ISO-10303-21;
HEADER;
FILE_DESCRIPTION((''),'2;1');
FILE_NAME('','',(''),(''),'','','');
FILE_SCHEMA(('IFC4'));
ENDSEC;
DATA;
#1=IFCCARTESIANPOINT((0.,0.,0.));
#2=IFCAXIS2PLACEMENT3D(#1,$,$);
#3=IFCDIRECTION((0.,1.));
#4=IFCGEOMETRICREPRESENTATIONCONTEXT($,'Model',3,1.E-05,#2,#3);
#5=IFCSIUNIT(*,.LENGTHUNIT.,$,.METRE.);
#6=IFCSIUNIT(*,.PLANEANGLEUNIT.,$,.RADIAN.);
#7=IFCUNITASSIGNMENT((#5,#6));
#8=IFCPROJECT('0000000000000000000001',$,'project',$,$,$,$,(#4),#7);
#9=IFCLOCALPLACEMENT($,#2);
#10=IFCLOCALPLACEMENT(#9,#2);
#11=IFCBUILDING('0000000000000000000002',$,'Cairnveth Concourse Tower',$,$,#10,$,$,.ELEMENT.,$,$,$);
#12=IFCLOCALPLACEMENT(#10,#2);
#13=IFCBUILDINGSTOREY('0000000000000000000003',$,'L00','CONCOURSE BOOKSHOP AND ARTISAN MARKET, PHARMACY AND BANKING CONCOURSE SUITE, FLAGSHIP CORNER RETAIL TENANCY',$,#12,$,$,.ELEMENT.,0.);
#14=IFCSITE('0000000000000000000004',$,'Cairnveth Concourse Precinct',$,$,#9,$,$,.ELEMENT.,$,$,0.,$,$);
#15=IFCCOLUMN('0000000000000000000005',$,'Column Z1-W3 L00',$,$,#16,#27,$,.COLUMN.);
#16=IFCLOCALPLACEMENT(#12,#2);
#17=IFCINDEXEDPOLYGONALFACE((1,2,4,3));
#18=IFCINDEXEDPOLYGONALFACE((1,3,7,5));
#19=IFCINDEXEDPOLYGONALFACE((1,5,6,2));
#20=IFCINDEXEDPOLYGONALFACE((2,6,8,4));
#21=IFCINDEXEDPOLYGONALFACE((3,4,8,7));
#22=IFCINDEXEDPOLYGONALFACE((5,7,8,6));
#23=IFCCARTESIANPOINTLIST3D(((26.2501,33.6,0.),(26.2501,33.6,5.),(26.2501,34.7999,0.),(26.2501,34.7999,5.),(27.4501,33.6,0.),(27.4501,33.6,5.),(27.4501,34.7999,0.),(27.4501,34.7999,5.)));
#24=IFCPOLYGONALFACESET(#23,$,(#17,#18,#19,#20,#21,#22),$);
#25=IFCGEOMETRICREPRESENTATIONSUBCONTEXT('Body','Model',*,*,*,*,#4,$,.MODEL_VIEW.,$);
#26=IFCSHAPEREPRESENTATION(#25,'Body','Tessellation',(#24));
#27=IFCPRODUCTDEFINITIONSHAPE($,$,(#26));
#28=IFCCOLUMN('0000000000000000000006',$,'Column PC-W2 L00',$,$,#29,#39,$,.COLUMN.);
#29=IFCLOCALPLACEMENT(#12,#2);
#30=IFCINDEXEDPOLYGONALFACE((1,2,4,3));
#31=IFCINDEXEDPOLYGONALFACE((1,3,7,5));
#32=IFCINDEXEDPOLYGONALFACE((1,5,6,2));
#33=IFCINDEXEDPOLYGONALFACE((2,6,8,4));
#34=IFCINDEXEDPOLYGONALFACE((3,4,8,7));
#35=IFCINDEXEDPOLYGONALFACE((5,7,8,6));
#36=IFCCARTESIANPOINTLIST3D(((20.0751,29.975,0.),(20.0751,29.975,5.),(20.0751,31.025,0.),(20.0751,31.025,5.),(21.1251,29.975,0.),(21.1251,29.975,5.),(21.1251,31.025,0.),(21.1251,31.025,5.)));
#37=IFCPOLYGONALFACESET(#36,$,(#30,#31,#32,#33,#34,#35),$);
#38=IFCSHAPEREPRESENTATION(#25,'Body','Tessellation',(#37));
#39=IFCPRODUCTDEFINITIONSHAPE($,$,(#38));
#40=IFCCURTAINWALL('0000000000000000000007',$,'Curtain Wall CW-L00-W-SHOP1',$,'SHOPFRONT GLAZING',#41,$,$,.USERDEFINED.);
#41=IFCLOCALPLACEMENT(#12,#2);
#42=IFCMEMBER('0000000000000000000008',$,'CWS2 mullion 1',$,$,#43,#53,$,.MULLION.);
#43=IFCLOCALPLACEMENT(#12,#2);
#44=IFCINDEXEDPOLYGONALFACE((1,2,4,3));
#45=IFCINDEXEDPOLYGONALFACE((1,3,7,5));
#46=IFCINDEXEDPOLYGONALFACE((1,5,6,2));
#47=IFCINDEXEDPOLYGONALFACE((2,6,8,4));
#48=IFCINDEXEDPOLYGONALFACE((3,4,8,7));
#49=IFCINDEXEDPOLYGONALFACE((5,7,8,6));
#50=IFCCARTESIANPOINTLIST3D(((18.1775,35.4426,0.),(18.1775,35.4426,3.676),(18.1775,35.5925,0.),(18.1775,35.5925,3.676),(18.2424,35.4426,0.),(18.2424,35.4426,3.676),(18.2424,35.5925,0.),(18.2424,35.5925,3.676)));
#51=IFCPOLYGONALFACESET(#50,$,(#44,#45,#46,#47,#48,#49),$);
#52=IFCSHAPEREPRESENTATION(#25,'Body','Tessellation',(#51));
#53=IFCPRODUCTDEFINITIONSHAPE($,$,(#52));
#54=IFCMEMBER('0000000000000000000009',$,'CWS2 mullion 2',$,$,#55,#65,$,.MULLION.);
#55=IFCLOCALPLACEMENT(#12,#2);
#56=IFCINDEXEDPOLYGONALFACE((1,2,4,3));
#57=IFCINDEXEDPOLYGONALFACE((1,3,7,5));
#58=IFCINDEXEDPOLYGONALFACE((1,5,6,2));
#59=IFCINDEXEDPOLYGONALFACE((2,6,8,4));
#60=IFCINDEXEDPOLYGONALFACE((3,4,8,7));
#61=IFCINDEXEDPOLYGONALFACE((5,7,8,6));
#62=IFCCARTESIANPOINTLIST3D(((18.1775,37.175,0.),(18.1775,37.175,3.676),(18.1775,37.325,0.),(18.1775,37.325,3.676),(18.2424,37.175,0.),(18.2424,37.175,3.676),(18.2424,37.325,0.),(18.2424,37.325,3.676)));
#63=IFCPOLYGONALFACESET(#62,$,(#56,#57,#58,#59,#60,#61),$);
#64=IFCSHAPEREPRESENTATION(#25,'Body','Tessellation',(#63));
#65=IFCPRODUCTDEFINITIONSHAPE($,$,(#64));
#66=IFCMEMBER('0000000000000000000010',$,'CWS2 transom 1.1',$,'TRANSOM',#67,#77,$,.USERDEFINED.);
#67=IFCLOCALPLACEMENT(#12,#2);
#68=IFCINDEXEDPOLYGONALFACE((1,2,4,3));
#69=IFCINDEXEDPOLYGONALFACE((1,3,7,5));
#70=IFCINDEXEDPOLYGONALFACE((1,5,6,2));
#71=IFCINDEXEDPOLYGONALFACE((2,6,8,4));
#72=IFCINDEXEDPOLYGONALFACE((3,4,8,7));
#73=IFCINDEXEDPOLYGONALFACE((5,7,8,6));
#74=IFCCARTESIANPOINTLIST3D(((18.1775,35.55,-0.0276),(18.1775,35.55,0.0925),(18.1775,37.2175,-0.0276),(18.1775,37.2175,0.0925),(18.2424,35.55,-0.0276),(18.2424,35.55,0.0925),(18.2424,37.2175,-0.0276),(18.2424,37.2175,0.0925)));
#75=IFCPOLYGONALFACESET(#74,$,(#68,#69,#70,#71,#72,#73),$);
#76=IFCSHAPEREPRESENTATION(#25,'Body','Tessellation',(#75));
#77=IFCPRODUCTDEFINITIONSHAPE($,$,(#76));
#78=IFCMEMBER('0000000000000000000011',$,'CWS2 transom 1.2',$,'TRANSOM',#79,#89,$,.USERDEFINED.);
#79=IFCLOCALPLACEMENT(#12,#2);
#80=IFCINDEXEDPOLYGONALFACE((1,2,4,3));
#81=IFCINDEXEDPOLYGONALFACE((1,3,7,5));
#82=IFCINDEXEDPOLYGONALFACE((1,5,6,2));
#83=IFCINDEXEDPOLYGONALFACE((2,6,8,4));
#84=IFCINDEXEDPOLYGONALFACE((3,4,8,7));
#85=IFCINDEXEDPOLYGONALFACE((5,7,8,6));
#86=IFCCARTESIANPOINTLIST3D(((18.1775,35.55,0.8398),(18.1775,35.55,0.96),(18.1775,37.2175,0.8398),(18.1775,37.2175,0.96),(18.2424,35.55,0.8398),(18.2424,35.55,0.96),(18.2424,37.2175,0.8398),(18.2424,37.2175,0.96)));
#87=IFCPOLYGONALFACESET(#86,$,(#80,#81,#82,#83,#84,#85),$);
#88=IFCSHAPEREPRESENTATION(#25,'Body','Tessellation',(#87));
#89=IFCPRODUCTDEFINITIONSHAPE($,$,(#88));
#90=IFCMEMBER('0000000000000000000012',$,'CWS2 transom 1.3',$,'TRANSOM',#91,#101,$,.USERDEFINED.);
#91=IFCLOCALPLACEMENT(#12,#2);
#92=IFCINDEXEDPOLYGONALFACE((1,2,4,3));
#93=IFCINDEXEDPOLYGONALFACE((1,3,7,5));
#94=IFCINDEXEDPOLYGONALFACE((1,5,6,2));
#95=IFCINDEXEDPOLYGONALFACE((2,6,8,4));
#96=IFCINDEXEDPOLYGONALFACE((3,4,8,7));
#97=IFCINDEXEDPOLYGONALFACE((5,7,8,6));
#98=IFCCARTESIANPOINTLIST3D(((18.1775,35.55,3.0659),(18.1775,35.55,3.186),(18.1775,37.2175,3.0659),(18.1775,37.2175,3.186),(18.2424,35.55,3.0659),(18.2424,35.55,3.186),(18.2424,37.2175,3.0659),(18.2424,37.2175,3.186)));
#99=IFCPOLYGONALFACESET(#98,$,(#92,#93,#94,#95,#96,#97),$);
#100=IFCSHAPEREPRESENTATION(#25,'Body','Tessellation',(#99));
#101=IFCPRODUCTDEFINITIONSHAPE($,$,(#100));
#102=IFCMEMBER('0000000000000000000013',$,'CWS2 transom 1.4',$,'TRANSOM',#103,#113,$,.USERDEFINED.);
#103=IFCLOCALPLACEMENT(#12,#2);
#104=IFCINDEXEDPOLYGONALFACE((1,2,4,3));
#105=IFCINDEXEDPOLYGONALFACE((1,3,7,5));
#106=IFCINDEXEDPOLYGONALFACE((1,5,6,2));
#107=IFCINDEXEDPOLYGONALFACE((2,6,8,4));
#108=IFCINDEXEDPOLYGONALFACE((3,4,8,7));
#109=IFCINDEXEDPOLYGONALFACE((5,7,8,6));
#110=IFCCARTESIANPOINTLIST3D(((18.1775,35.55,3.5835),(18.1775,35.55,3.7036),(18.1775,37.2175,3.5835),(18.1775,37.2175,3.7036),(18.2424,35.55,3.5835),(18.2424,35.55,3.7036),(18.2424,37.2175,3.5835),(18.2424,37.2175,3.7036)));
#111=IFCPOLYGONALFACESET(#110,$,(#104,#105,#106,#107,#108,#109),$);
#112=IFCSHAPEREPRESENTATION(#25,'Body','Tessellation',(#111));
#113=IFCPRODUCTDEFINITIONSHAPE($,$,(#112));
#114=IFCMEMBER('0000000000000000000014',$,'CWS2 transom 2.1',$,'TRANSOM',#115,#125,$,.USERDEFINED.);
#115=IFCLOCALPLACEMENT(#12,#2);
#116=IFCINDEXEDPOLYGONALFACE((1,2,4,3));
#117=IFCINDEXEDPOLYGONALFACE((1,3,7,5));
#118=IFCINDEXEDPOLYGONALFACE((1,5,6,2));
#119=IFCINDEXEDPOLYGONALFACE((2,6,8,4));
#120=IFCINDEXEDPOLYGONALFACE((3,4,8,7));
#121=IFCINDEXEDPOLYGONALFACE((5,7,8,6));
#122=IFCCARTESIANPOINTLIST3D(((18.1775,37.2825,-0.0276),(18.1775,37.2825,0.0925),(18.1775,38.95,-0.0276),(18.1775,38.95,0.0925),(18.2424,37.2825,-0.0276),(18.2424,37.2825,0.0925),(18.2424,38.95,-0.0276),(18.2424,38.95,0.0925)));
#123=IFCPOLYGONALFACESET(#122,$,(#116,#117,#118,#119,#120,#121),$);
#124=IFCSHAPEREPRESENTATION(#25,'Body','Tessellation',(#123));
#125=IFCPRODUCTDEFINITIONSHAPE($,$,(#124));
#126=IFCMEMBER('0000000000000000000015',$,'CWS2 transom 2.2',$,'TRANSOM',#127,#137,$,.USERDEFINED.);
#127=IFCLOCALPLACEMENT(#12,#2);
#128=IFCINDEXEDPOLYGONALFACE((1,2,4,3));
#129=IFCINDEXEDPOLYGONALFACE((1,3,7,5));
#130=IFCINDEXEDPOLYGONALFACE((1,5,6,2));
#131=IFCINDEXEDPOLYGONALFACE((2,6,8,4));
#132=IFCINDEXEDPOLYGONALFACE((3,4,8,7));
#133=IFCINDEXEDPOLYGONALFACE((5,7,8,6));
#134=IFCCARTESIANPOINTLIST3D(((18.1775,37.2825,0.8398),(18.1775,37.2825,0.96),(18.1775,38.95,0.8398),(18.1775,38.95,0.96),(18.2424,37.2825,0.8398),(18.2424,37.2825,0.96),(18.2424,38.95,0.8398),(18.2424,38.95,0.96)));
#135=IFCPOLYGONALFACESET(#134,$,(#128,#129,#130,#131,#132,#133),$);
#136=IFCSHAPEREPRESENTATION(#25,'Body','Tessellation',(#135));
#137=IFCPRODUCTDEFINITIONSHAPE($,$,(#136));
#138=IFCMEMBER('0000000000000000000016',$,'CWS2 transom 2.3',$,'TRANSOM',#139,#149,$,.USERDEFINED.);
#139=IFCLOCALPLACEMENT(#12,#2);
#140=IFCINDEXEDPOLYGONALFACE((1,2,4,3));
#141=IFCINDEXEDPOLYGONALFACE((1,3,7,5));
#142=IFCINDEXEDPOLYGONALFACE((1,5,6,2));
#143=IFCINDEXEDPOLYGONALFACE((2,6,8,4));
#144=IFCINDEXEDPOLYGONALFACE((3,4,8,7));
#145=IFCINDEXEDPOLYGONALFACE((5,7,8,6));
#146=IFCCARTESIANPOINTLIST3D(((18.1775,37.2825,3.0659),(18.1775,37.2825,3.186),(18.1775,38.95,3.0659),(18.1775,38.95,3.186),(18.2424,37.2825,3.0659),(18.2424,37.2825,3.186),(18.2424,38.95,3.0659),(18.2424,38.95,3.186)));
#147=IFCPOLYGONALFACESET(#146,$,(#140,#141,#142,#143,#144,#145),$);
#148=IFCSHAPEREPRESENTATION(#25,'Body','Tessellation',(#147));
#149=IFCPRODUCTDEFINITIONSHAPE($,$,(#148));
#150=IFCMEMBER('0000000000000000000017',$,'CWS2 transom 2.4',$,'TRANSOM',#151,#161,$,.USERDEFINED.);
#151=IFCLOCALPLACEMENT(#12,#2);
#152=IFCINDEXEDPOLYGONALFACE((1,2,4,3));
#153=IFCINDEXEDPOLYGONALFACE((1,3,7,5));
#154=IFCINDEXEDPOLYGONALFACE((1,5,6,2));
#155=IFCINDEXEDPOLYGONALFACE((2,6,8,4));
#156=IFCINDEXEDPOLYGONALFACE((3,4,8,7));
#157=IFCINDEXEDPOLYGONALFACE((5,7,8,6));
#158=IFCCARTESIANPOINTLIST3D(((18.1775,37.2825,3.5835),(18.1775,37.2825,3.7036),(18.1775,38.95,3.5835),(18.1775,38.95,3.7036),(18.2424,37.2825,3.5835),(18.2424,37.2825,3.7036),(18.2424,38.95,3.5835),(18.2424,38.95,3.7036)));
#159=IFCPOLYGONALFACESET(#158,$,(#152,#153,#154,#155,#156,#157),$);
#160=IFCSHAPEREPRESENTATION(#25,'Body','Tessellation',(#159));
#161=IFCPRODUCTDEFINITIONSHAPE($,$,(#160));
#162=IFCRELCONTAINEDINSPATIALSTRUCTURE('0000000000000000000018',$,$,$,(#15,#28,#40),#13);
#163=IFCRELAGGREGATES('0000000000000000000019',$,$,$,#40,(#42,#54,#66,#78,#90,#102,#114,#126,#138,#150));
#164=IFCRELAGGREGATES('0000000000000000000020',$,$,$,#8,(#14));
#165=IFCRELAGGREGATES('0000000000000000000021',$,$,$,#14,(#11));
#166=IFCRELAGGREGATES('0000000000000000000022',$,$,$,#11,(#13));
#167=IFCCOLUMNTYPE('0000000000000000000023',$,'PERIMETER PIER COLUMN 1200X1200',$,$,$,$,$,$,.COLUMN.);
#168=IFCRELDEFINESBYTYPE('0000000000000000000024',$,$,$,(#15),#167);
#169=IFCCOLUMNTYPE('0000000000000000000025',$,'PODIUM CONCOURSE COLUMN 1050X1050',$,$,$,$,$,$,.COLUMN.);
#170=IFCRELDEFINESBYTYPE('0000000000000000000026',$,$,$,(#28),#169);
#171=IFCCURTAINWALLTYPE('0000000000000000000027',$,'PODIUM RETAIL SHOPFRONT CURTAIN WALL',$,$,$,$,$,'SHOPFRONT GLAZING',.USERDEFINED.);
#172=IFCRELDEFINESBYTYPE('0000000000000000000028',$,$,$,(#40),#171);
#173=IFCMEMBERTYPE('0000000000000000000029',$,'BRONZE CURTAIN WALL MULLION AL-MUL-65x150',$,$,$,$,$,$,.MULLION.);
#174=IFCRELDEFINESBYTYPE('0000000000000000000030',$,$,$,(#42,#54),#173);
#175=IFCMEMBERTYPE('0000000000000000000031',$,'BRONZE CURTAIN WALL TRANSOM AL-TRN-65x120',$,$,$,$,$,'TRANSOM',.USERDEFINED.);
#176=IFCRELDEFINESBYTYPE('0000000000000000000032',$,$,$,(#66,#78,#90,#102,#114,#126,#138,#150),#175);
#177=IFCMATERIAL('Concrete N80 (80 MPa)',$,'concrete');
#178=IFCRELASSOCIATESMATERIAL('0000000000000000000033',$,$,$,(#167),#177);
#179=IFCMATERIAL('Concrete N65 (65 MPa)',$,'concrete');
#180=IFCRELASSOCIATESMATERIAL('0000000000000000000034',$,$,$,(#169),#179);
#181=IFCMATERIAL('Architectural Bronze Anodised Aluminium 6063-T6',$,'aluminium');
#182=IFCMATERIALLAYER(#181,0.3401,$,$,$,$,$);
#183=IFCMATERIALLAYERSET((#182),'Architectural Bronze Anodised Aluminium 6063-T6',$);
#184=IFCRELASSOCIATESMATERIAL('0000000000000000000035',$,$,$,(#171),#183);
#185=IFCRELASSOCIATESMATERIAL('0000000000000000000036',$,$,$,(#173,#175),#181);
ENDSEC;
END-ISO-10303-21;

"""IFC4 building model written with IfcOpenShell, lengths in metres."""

from ifc_helpers import new_model, si_unit, direction, frame, origin, origin_2d, place, context, subcontext, project, spatial, rectangle, extrude, material, layer, layer_set, material_profile, profile_set, type_object, element, aggregate, save


model = new_model("IFC4")

# Units and contexts
model_context = context("Model", 3, precision=1e-05, world=origin(), true_north=direction((0.0, 1.0)))
body_context = subcontext(model_context, "Body", "Model", "MODEL_VIEW")
ifc_project = project(units=[si_unit("LENGTHUNIT", "METRE"), si_unit("PLANEANGLEUNIT", "RADIAN")], contexts=[model_context])

# Site, building, storey
site_placement = place(None, origin())
site = spatial("IfcSite", under=ifc_project, at=site_placement, Name="Cairnveth Concourse Precinct", CompositionType="ELEMENT", RefElevation=0.0)
building_placement = place(site_placement, origin())
building = spatial("IfcBuilding", under=site, at=building_placement, Name="Cairnveth Concourse Tower", CompositionType="ELEMENT")
storey_placement = place(building_placement, origin())
storey = spatial("IfcBuildingStorey", under=building, at=storey_placement, Name="L00", Description="CONCOURSE BOOKSHOP AND ARTISAN MARKET, PHARMACY AND BANKING CONCOURSE SUITE, FLAGSHIP CORNER RETAIL TENANCY", CompositionType="ELEMENT", Elevation=0.0)

# Columns
ifc_material_1 = material(Name="Concrete N80 (80 MPa)", Category="concrete")
ifc_material_profile_1 = material_profile(ifc_material_1, rectangle(XDim=1.2, YDim=1.2, at=origin_2d()), Name="RC-COL-1200x1200")
ifc_profile_set_1 = profile_set([ifc_material_profile_1], Name="Concrete N80 (80 MPa)")
column_type_1 = type_object("IfcColumnType", Name="PERIMETER PIER COLUMN 1200X1200", PredefinedType="COLUMN", material=ifc_profile_set_1)
column_1_placement = place(storey_placement, frame((26.8501, 34.2, 0.0), z_axis=(0.0, 0.0, 1.0), x_axis=(1.0, 0.0, 0.0)))
element("IfcColumn", 1, at=column_1_placement, inside=storey, type_object=column_type_1, Name="Column Z1-W3 L00", PredefinedType="COLUMN", context=body_context, shape_type="SweptSolid", body=[
    extrude(rectangle(XDim=1.2, YDim=1.2, at=origin_2d()), origin(), (0.0, 0.0, 1.0), 5.0),
])
ifc_material_2 = material(Name="Concrete N65 (65 MPa)", Category="concrete")
ifc_material_profile_2 = material_profile(ifc_material_2, rectangle(XDim=1.05, YDim=1.05, at=origin_2d()), Name="RC-COL-1050x1050")
ifc_profile_set_2 = profile_set([ifc_material_profile_2], Name="Concrete N65 (65 MPa)")
column_type_2 = type_object("IfcColumnType", Name="PODIUM CONCOURSE COLUMN 1050X1050", PredefinedType="COLUMN", material=ifc_profile_set_2)
column_2_placement = place(storey_placement, frame((20.6001, 30.5, 0.0), z_axis=(0.0, 0.0, 1.0), x_axis=(1.0, 0.0, 0.0)))
element("IfcColumn", 2, at=column_2_placement, inside=storey, type_object=column_type_2, Name="Column PC-W2 L00", PredefinedType="COLUMN", context=body_context, shape_type="SweptSolid", body=[
    extrude(rectangle(XDim=1.05, YDim=1.05, at=origin_2d()), origin(), (0.0, 0.0, 1.0), 5.0),
])

# Curtain wall, members
ifc_material_3 = material(Name="Architectural Bronze Anodised Aluminium 6063-T6", Category="aluminium")
ifc_layer_1 = layer(ifc_material_3, 0.3401)
ifc_layer_set_1 = layer_set([ifc_layer_1], Name="Architectural Bronze Anodised Aluminium 6063-T6")
curtain_wall_type = type_object("IfcCurtainWallType", Name="PODIUM RETAIL SHOPFRONT CURTAIN WALL", ElementType="SHOPFRONT GLAZING", PredefinedType="USERDEFINED", material=ifc_layer_set_1)
curtain_wall_placement = place(storey_placement, origin())
curtain_wall = element("IfcCurtainWall", 3, at=curtain_wall_placement, inside=storey, type_object=curtain_wall_type, Name="Curtain Wall CW-L00-W-SHOP1", ObjectType="SHOPFRONT GLAZING", PredefinedType="USERDEFINED")
ifc_material_profile_3 = material_profile(ifc_material_3, rectangle(XDim=0.0649, YDim=0.1499, at=origin_2d()), Name="AL-MUL-65x150")
ifc_profile_set_3 = profile_set([ifc_material_profile_3], Name="Architectural Bronze Anodised Aluminium 6063-T6")
member_type_1 = type_object("IfcMemberType", Name="BRONZE CURTAIN WALL MULLION AL-MUL-65x150", PredefinedType="MULLION", material=ifc_profile_set_3)
member_1_placement = place(storey_placement, frame((18.21, 35.5176, 0.0), z_axis=(0.0, 0.0, 1.0), x_axis=(-1.0, 0.0, 0.0)))
member_1 = element("IfcMember", 4, at=member_1_placement, type_object=member_type_1, Name="CWS2 mullion 1", PredefinedType="MULLION", context=body_context, shape_type="SweptSolid", body=[
    extrude(rectangle(XDim=0.0649, YDim=0.1499, at=origin_2d()), origin(), (0.0, 0.0, 1.0), 3.676),
])
member_2_placement = place(storey_placement, frame((18.21, 37.25, 0.0), z_axis=(0.0, 0.0, 1.0), x_axis=(-1.0, 0.0, 0.0)))
member_2 = element("IfcMember", 5, at=member_2_placement, type_object=member_type_1, Name="CWS2 mullion 2", PredefinedType="MULLION", context=body_context, shape_type="SweptSolid", body=[
    extrude(rectangle(XDim=0.0649, YDim=0.1499, at=origin_2d()), origin(), (0.0, 0.0, 1.0), 3.676),
])
ifc_material_profile_4 = material_profile(ifc_material_3, rectangle(XDim=0.0649, YDim=0.1201, at=origin_2d()), Name="AL-TRN-65x120")
ifc_profile_set_4 = profile_set([ifc_material_profile_4], Name="Architectural Bronze Anodised Aluminium 6063-T6")
member_type_2 = type_object("IfcMemberType", Name="BRONZE CURTAIN WALL TRANSOM AL-TRN-65x120", ElementType="TRANSOM", PredefinedType="USERDEFINED", material=ifc_profile_set_4)
member_3_placement = place(storey_placement, frame((18.21, 35.55, 0.0325), z_axis=(0.0, 1.0, 0.0), x_axis=(-1.0, 0.0, 0.0)))
member_3 = element("IfcMember", 6, at=member_3_placement, type_object=member_type_2, Name="CWS2 transom 1.1", ObjectType="TRANSOM", PredefinedType="USERDEFINED", context=body_context, shape_type="SweptSolid", body=[
    extrude(rectangle(XDim=0.0649, YDim=0.1201, at=origin_2d()), origin(), (0.0, 0.0, 1.0), 1.6675),
])
member_4_placement = place(storey_placement, frame((18.21, 35.55, 0.8999), z_axis=(0.0, 1.0, 0.0), x_axis=(-1.0, 0.0, 0.0)))
member_4 = element("IfcMember", 7, at=member_4_placement, type_object=member_type_2, Name="CWS2 transom 1.2", ObjectType="TRANSOM", PredefinedType="USERDEFINED", context=body_context, shape_type="SweptSolid", body=[
    extrude(rectangle(XDim=0.0649, YDim=0.1201, at=origin_2d()), origin(), (0.0, 0.0, 1.0), 1.6675),
])
member_5_placement = place(storey_placement, frame((18.21, 35.55, 3.126), z_axis=(0.0, 1.0, 0.0), x_axis=(-1.0, 0.0, 0.0)))
member_5 = element("IfcMember", 8, at=member_5_placement, type_object=member_type_2, Name="CWS2 transom 1.3", ObjectType="TRANSOM", PredefinedType="USERDEFINED", context=body_context, shape_type="SweptSolid", body=[
    extrude(rectangle(XDim=0.0649, YDim=0.1201, at=origin_2d()), origin(), (0.0, 0.0, 1.0), 1.6675),
])
member_6_placement = place(storey_placement, frame((18.21, 35.55, 3.6436), z_axis=(0.0, 1.0, 0.0), x_axis=(-1.0, 0.0, 0.0)))
member_6 = element("IfcMember", 9, at=member_6_placement, type_object=member_type_2, Name="CWS2 transom 1.4", ObjectType="TRANSOM", PredefinedType="USERDEFINED", context=body_context, shape_type="SweptSolid", body=[
    extrude(rectangle(XDim=0.0649, YDim=0.1201, at=origin_2d()), origin(), (0.0, 0.0, 1.0), 1.6675),
])
member_7_placement = place(storey_placement, frame((18.21, 37.2825, 0.0325), z_axis=(0.0, 1.0, 0.0), x_axis=(-1.0, 0.0, 0.0)))
member_7 = element("IfcMember", 10, at=member_7_placement, type_object=member_type_2, Name="CWS2 transom 2.1", ObjectType="TRANSOM", PredefinedType="USERDEFINED", context=body_context, shape_type="SweptSolid", body=[
    extrude(rectangle(XDim=0.0649, YDim=0.1201, at=origin_2d()), origin(), (0.0, 0.0, 1.0), 1.6675),
])
member_8_placement = place(storey_placement, frame((18.21, 37.2825, 0.8999), z_axis=(0.0, 1.0, 0.0), x_axis=(-1.0, 0.0, 0.0)))
member_8 = element("IfcMember", 11, at=member_8_placement, type_object=member_type_2, Name="CWS2 transom 2.2", ObjectType="TRANSOM", PredefinedType="USERDEFINED", context=body_context, shape_type="SweptSolid", body=[
    extrude(rectangle(XDim=0.0649, YDim=0.1201, at=origin_2d()), origin(), (0.0, 0.0, 1.0), 1.6675),
])
member_9_placement = place(storey_placement, frame((18.21, 37.2825, 3.126), z_axis=(0.0, 1.0, 0.0), x_axis=(-1.0, 0.0, 0.0)))
member_9 = element("IfcMember", 12, at=member_9_placement, type_object=member_type_2, Name="CWS2 transom 2.3", ObjectType="TRANSOM", PredefinedType="USERDEFINED", context=body_context, shape_type="SweptSolid", body=[
    extrude(rectangle(XDim=0.0649, YDim=0.1201, at=origin_2d()), origin(), (0.0, 0.0, 1.0), 1.6675),
])
member_10_placement = place(storey_placement, frame((18.21, 37.2825, 3.6436), z_axis=(0.0, 1.0, 0.0), x_axis=(-1.0, 0.0, 0.0)))
member_10 = element("IfcMember", 13, at=member_10_placement, type_object=member_type_2, Name="CWS2 transom 2.4", ObjectType="TRANSOM", PredefinedType="USERDEFINED", context=body_context, shape_type="SweptSolid", body=[
    extrude(rectangle(XDim=0.0649, YDim=0.1201, at=origin_2d()), origin(), (0.0, 0.0, 1.0), 1.6675),
])

aggregate(curtain_wall, [member_1, member_2, member_3, member_4, member_5, member_6, member_7, member_8, member_9, member_10])

save(model, "model.ifc")
